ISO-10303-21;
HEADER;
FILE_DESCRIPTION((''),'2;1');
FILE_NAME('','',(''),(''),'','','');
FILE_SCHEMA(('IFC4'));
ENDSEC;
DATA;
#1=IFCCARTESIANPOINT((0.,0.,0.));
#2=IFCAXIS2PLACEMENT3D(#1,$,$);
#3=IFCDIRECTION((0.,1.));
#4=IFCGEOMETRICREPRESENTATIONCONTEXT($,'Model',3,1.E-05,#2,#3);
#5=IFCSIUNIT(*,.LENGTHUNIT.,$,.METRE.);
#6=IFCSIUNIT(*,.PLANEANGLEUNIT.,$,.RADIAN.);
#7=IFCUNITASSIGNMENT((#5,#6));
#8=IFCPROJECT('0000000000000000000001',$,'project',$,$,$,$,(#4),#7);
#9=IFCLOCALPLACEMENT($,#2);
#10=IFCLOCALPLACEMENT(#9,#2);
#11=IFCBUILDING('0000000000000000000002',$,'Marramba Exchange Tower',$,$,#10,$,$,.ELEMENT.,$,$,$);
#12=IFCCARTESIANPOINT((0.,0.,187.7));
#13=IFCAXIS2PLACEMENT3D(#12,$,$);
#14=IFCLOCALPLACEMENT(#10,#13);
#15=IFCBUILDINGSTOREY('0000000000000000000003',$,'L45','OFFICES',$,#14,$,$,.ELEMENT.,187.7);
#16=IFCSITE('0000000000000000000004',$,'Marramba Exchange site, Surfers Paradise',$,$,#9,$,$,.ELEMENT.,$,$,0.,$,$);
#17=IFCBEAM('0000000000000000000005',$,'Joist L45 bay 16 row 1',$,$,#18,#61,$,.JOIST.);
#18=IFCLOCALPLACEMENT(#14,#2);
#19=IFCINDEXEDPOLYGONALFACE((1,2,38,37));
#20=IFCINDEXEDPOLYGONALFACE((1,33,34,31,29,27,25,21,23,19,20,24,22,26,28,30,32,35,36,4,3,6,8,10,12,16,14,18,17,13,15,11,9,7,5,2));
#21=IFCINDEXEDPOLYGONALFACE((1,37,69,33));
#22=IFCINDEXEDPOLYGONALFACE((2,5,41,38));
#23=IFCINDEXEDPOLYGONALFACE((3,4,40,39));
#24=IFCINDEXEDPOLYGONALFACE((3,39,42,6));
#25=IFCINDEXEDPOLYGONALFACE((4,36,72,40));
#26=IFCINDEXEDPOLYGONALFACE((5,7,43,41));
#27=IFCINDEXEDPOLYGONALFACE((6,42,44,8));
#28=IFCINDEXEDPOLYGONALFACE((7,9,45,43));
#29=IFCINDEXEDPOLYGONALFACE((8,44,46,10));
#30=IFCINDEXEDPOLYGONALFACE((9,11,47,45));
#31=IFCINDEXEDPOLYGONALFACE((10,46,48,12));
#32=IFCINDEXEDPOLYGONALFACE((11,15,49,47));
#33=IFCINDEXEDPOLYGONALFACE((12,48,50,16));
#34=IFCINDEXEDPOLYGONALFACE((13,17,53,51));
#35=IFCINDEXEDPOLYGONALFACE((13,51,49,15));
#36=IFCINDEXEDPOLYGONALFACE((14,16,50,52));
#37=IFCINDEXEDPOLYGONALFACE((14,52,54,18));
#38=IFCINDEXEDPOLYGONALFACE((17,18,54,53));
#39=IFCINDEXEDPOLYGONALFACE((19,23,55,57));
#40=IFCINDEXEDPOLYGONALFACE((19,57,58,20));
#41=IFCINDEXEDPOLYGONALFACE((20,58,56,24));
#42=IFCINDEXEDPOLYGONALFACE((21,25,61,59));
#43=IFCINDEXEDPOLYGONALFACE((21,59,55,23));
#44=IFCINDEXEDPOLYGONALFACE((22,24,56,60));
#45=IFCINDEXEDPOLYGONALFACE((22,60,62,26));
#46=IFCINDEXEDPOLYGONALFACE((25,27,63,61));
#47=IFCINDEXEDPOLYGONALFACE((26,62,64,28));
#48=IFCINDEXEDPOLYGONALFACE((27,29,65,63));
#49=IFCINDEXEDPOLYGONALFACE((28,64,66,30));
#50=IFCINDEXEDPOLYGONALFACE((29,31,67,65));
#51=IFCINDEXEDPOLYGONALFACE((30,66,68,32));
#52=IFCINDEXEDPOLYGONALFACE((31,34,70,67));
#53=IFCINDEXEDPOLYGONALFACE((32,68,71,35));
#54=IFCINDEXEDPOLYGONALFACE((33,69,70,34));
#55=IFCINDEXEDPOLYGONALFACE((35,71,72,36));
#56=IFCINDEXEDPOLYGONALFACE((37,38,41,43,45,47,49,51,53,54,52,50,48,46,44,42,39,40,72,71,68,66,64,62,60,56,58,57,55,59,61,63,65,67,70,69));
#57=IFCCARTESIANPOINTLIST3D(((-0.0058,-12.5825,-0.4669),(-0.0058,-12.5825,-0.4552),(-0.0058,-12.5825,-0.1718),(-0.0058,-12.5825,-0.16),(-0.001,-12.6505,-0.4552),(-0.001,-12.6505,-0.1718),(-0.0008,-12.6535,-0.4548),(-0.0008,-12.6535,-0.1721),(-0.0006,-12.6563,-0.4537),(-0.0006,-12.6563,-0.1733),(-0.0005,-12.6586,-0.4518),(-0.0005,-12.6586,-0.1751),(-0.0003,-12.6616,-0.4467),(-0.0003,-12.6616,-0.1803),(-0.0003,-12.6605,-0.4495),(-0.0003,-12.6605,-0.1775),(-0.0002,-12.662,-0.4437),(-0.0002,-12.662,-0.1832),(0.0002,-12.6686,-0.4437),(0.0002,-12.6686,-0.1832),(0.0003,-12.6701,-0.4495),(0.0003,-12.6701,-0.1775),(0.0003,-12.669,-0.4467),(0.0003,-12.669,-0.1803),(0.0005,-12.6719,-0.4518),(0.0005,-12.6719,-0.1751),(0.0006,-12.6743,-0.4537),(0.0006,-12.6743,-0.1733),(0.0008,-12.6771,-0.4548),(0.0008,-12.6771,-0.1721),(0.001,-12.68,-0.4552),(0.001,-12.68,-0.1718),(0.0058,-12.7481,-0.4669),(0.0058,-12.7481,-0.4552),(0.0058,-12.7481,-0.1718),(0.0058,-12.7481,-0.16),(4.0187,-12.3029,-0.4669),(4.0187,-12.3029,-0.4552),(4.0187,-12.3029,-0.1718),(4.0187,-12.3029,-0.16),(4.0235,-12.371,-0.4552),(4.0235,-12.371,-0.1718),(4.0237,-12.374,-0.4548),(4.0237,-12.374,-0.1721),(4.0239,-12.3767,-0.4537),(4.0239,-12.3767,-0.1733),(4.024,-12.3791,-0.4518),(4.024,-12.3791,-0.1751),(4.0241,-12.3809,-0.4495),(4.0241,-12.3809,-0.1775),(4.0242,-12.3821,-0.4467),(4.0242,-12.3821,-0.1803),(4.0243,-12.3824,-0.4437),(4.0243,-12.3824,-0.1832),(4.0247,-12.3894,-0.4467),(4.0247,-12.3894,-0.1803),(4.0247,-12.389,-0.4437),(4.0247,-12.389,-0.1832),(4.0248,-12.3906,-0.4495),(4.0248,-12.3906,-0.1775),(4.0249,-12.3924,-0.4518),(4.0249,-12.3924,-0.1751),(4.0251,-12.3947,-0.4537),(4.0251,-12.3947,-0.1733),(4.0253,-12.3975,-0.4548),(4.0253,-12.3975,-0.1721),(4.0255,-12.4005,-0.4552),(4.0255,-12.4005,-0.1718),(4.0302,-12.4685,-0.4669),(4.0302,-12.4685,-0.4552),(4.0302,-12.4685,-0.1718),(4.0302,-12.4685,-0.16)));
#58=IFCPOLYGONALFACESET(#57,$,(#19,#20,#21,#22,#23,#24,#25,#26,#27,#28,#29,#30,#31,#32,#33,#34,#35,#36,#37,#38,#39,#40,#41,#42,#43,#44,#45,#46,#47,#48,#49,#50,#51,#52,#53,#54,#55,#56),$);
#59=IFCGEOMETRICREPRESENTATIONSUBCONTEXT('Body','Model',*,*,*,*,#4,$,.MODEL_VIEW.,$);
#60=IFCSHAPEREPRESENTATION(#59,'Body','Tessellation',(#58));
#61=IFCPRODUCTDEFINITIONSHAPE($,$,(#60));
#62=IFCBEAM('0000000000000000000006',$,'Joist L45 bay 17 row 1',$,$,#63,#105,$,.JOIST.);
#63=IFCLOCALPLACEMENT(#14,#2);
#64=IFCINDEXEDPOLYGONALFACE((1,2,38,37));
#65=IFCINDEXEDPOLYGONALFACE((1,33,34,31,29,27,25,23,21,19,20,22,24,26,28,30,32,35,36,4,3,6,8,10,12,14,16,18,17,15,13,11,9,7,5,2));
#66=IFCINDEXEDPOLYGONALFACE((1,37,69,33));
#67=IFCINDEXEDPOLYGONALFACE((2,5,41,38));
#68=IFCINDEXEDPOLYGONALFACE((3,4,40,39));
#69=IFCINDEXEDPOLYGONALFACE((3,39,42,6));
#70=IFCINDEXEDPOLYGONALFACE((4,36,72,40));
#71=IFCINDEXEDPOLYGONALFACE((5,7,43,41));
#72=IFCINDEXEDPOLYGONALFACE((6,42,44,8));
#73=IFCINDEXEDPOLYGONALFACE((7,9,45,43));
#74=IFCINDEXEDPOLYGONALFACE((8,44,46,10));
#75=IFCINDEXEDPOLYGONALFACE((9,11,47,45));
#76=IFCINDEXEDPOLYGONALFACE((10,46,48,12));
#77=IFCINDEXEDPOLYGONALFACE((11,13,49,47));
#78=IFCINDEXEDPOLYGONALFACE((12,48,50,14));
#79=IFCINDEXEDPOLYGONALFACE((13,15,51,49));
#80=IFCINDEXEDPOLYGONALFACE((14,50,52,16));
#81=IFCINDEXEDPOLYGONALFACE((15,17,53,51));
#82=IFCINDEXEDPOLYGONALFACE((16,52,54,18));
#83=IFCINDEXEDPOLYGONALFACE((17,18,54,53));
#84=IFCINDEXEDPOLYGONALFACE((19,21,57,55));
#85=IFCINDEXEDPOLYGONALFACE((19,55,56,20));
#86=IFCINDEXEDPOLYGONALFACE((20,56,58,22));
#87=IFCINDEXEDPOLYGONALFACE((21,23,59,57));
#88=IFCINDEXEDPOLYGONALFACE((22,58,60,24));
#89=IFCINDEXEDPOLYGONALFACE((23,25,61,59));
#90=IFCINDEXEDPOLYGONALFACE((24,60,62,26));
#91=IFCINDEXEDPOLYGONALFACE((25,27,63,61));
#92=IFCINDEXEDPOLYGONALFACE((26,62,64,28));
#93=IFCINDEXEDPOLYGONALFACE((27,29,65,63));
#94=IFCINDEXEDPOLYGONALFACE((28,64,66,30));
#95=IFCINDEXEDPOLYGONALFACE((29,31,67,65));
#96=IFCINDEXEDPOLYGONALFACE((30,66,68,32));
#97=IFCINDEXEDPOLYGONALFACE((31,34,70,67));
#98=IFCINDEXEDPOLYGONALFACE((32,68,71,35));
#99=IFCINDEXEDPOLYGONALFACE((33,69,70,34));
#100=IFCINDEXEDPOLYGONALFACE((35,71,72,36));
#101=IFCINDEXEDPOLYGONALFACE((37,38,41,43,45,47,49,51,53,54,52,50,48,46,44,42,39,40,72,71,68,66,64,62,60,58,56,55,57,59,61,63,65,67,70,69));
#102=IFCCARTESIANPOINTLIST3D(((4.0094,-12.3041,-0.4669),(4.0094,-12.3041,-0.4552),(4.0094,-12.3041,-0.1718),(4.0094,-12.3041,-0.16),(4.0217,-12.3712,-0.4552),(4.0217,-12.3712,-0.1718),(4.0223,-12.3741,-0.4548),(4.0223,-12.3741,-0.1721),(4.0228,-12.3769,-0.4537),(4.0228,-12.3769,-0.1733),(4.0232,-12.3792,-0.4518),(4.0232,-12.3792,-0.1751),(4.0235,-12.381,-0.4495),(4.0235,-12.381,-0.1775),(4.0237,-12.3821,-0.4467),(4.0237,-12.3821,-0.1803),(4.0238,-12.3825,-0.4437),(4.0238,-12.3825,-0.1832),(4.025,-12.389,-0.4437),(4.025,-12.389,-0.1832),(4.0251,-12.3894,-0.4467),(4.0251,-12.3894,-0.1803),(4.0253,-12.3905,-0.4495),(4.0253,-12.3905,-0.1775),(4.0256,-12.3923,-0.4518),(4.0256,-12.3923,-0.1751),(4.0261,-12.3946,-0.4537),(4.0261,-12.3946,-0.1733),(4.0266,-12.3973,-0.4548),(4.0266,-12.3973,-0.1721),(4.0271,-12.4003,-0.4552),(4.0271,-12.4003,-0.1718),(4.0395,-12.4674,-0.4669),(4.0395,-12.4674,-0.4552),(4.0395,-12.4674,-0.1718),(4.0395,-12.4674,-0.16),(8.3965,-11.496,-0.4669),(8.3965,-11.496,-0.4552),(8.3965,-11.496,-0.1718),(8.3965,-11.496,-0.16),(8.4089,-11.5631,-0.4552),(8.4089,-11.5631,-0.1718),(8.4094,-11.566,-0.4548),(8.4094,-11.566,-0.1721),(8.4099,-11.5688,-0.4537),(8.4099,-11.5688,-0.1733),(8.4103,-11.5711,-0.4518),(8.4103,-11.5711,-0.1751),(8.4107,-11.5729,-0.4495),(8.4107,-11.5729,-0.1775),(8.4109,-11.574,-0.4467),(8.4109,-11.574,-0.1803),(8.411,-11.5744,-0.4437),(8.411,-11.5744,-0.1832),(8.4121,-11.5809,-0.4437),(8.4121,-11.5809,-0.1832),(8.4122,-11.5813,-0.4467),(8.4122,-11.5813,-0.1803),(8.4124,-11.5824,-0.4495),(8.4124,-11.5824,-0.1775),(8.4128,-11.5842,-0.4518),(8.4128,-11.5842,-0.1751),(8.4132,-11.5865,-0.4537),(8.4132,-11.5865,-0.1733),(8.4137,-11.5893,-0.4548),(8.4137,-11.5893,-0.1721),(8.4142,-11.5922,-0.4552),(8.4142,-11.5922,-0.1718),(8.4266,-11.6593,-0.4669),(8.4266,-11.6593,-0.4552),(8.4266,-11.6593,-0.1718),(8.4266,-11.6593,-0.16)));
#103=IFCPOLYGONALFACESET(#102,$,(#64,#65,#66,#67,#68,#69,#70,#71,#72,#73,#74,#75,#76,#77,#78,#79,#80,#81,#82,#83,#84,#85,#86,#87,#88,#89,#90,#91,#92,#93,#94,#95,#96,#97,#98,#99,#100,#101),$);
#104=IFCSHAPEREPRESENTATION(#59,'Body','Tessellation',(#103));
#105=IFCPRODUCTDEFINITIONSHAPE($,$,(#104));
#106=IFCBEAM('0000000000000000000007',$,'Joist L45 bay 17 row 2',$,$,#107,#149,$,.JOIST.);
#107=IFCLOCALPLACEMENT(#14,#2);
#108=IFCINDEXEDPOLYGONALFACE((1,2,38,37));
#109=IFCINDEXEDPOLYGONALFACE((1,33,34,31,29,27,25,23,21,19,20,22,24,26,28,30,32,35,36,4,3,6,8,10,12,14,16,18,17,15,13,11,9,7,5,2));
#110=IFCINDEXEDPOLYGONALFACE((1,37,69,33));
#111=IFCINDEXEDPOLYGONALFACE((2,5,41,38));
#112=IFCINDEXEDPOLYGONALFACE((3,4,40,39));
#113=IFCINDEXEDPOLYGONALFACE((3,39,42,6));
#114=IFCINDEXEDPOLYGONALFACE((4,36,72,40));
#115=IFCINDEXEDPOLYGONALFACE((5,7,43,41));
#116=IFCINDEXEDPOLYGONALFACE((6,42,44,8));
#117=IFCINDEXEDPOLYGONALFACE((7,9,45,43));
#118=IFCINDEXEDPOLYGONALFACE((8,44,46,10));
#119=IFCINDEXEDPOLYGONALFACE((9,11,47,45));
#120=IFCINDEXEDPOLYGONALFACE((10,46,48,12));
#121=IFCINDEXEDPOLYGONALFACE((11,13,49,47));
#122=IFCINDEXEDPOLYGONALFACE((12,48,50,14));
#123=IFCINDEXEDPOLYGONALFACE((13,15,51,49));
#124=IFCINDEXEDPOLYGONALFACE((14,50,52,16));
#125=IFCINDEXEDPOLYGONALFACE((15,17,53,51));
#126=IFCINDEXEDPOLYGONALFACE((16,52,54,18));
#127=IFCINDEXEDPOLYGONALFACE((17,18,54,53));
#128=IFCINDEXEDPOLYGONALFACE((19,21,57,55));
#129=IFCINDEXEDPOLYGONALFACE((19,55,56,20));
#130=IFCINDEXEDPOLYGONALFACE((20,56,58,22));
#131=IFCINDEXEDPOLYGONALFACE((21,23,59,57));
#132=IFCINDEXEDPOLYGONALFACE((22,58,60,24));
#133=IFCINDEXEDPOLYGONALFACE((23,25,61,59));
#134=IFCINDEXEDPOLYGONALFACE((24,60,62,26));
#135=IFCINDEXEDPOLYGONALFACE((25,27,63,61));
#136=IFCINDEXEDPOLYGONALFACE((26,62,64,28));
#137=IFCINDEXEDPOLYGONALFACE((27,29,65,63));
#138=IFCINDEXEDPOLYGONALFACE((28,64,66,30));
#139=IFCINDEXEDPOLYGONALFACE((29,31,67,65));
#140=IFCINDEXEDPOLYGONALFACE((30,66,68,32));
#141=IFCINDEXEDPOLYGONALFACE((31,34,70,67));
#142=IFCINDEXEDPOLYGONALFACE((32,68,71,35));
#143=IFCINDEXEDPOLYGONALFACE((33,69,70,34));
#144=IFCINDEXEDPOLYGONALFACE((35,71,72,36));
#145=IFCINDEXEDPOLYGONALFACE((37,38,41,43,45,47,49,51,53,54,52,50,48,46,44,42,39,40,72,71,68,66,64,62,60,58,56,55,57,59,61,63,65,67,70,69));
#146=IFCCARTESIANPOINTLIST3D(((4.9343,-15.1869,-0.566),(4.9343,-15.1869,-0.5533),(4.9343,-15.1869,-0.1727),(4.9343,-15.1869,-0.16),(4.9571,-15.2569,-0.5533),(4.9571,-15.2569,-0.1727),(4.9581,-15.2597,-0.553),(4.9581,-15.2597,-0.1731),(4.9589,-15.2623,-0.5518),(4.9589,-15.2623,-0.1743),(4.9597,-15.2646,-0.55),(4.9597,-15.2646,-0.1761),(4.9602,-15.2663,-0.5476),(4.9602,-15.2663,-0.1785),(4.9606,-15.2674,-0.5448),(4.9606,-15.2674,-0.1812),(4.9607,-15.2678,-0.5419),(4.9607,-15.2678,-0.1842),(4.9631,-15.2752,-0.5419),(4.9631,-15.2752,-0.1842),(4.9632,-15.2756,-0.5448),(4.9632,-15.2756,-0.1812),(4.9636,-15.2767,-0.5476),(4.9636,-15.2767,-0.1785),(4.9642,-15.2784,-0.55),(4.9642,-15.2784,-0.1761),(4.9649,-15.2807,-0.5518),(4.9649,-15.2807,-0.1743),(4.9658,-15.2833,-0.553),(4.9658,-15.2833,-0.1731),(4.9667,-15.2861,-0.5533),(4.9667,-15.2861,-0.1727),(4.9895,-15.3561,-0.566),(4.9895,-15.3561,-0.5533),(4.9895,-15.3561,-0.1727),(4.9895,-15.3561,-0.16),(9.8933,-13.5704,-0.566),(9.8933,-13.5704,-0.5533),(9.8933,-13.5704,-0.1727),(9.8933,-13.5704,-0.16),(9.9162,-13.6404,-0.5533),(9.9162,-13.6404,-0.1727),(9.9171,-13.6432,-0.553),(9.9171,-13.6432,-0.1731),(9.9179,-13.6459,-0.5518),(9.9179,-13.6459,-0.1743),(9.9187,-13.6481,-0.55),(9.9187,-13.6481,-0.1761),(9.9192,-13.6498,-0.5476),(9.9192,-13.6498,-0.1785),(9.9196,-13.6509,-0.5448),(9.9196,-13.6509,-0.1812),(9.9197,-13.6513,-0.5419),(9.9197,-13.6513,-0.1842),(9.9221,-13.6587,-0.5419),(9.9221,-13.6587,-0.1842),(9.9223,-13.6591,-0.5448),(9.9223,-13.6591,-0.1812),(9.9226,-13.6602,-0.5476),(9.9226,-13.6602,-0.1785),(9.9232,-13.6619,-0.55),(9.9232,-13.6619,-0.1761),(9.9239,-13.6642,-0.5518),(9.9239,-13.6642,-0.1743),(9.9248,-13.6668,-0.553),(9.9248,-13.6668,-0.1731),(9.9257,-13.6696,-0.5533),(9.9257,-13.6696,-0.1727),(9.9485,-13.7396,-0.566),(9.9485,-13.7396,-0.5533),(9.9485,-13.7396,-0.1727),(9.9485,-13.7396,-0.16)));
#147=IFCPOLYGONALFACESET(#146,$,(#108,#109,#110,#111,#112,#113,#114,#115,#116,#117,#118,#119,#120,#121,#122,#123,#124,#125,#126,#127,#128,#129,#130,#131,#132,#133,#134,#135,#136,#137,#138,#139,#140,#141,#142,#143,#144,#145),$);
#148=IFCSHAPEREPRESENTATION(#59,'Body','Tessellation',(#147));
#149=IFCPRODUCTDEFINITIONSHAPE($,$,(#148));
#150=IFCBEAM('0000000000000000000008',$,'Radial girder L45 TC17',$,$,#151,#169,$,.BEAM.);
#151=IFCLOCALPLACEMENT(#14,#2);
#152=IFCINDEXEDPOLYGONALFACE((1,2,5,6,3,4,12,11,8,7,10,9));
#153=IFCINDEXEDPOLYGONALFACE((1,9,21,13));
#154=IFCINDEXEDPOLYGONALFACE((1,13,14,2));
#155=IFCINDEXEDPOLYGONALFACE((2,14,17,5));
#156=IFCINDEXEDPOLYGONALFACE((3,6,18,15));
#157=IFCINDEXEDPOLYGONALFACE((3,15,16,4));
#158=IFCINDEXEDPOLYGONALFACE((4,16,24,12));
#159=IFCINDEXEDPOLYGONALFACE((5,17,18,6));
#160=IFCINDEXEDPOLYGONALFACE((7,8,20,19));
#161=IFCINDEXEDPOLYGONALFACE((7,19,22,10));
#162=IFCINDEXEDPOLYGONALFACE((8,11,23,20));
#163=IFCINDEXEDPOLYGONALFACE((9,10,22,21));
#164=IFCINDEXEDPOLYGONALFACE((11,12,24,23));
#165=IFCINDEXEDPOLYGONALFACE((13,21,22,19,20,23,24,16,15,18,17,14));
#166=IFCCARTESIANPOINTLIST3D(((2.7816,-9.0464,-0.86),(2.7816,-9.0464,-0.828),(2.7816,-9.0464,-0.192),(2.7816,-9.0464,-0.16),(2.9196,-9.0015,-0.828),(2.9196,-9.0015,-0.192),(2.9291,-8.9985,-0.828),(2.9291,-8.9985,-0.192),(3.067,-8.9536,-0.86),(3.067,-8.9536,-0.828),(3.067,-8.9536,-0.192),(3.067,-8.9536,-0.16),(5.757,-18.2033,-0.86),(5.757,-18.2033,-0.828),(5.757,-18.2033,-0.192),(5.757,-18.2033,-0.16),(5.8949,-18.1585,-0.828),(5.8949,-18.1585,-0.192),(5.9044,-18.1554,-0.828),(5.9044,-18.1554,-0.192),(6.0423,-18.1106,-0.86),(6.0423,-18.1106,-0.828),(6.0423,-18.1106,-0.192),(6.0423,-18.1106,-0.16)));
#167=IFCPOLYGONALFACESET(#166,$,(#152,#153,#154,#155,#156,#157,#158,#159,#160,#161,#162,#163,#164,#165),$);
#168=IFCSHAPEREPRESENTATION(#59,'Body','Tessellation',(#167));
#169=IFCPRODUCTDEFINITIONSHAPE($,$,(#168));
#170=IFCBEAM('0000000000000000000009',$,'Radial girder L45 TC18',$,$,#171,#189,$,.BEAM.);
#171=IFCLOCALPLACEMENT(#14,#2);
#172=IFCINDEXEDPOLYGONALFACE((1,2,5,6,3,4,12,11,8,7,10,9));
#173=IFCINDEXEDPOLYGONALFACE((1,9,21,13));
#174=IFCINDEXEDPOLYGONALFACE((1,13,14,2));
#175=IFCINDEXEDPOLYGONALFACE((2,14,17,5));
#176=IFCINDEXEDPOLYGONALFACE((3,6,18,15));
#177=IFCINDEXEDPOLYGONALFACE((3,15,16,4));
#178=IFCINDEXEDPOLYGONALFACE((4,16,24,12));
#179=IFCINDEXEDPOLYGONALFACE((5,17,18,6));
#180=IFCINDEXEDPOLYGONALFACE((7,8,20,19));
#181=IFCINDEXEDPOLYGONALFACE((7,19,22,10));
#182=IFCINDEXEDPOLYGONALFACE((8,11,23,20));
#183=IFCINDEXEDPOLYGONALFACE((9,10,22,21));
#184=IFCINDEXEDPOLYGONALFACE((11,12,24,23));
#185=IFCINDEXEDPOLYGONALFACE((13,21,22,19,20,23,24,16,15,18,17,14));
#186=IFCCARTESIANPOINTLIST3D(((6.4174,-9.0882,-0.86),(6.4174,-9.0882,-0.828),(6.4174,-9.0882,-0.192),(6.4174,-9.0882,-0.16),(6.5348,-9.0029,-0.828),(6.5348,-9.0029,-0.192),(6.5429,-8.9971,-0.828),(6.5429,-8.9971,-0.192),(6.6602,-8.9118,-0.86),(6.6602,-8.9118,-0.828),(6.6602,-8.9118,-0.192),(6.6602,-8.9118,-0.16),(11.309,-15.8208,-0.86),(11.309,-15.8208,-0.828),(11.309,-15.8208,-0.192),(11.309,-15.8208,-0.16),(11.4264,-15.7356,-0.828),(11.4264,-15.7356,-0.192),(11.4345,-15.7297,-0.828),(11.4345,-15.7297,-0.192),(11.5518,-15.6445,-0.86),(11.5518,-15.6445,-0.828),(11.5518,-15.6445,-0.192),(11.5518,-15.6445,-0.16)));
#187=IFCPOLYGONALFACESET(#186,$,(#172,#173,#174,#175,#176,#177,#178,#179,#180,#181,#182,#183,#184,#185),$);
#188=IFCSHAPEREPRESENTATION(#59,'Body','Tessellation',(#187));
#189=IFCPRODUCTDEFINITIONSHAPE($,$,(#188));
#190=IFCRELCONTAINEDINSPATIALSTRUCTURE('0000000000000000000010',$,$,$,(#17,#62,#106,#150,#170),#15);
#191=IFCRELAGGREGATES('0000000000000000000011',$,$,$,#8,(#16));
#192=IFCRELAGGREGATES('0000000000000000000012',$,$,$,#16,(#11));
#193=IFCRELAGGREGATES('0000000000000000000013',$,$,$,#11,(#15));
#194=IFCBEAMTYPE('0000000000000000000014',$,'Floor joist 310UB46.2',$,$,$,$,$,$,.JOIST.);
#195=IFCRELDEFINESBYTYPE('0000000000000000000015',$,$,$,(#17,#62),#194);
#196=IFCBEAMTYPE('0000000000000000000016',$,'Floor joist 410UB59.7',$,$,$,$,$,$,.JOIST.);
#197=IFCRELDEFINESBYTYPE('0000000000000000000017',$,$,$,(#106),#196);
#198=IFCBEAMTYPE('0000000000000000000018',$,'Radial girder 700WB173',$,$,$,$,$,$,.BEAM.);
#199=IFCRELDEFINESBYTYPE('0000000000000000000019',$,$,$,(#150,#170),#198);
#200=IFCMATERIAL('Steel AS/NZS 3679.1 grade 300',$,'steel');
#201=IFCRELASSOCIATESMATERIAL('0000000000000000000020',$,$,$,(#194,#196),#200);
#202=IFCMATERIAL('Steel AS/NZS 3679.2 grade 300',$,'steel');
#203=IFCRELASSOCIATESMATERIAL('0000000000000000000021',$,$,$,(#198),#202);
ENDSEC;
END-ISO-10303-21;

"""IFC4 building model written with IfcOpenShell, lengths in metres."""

from ifc_helpers import new_model, si_unit, direction, frame, origin, origin_2d, place, context, subcontext, project, spatial, i_section, extrude, material, material_profile, profile_set, type_object, element, save


model = new_model("IFC4")

# Units and contexts
model_context = context("Model", 3, precision=1e-05, world=origin(), true_north=direction((0.0, 1.0)))
body_context = subcontext(model_context, "Body", "Model", "MODEL_VIEW")
ifc_project = project(units=[si_unit("LENGTHUNIT", "METRE"), si_unit("PLANEANGLEUNIT", "RADIAN")], contexts=[model_context])

# Site, building, storey
site_placement = place(None, origin())
site = spatial("IfcSite", under=ifc_project, at=site_placement, Name="Marramba Exchange site, Surfers Paradise", CompositionType="ELEMENT", RefElevation=0.0)
building_placement = place(site_placement, origin())
building = spatial("IfcBuilding", under=site, at=building_placement, Name="Marramba Exchange Tower", CompositionType="ELEMENT")
storey_placement = place(building_placement, frame((0.0, 0.0, 187.7)))
storey = spatial("IfcBuildingStorey", under=building, at=storey_placement, Name="L45", Description="OFFICES", CompositionType="ELEMENT", Elevation=187.7)

# Beams
ifc_material_1 = material(Name="Steel AS/NZS 3679.1 grade 300", Category="steel")
ifc_material_profile_1 = material_profile(ifc_material_1, i_section(OverallWidth=0.166, OverallDepth=0.3069, WebThickness=0.0066, FlangeThickness=0.0117, FilletRadius=0.0115, at=origin_2d()), Name="310UB46.2")
ifc_profile_set_1 = profile_set([ifc_material_profile_1], Name="Steel AS/NZS 3679.1 grade 300")
beam_type_1 = type_object("IfcBeamType", Name="Floor joist 310UB46.2", PredefinedType="JOIST", material=ifc_profile_set_1)
beam_1_placement = place(storey_placement, frame((0.0, -12.6653, -0.3135), z_axis=(0.997596, 0.069294, 0.0), x_axis=(-0.069294, 0.997596, 0.0)))
element("IfcBeam", 1, at=beam_1_placement, inside=storey, type_object=beam_type_1, Name="Joist L45 bay 16 row 1", PredefinedType="JOIST", context=body_context, shape_type="SweptSolid", body=[
    extrude(i_section(OverallWidth=0.166, OverallDepth=0.3069, WebThickness=0.0066, FlangeThickness=0.0117, FilletRadius=0.0115, at=origin_2d()), origin(), (0.0, 0.0, 1.0), 4.0342),
])
beam_2_placement = place(storey_placement, frame((4.0244, -12.3857, -0.3135), z_axis=(0.983456, 0.181149, 0.0), x_axis=(-0.181149, 0.983456, 0.0)))
element("IfcBeam", 2, at=beam_2_placement, inside=storey, type_object=beam_type_1, Name="Joist L45 bay 17 row 1", PredefinedType="JOIST", context=body_context, shape_type="SweptSolid", body=[
    extrude(i_section(OverallWidth=0.166, OverallDepth=0.3069, WebThickness=0.0066, FlangeThickness=0.0117, FilletRadius=0.0115, at=origin_2d()), origin(), (0.0, 0.0, 1.0), 4.4609),
])
ifc_material_profile_2 = material_profile(ifc_material_1, i_section(OverallWidth=0.178, OverallDepth=0.406, WebThickness=0.0078, FlangeThickness=0.0127, FilletRadius=0.0115, at=origin_2d()), Name="410UB59.7")
ifc_profile_set_2 = profile_set([ifc_material_profile_2], Name="Steel AS/NZS 3679.1 grade 300")
beam_type_2 = type_object("IfcBeamType", Name="Floor joist 410UB59.7", PredefinedType="JOIST", material=ifc_profile_set_2)
beam_3_placement = place(storey_placement, frame((4.9619, -15.2715, -0.363), z_axis=(0.950764, 0.309916, 0.0), x_axis=(-0.309916, 0.950764, 0.0)))
element("IfcBeam", 3, at=beam_3_placement, inside=storey, type_object=beam_type_2, Name="Joist L45 bay 17 row 2", PredefinedType="JOIST", context=body_context, shape_type="SweptSolid", body=[
    extrude(i_section(OverallWidth=0.178, OverallDepth=0.406, WebThickness=0.0078, FlangeThickness=0.0127, FilletRadius=0.0115, at=origin_2d()), origin(), (0.0, 0.0, 1.0), 5.2158),
])
ifc_material_2 = material(Name="Steel AS/NZS 3679.2 grade 300", Category="steel")
ifc_material_profile_3 = material_profile(ifc_material_2, i_section(OverallWidth=0.3, OverallDepth=0.7, WebThickness=0.01, FlangeThickness=0.032, at=origin_2d()), Name="700WB173")
ifc_profile_set_3 = profile_set([ifc_material_profile_3], Name="Steel AS/NZS 3679.2 grade 300")
beam_type_3 = type_object("IfcBeamType", Name="Radial girder 700WB173", PredefinedType="BEAM", material=ifc_profile_set_3)
beam_4_placement = place(storey_placement, frame((2.9243, -9.0, -0.51), z_axis=(0.309022, -0.951055, 0.0), x_axis=(0.951055, 0.309022, 0.0)))
element("IfcBeam", 4, at=beam_4_placement, inside=storey, type_object=beam_type_3, Name="Radial girder L45 TC17", PredefinedType="BEAM", context=body_context, shape_type="SweptSolid", body=[
    extrude(i_section(OverallWidth=0.3, OverallDepth=0.7, WebThickness=0.01, FlangeThickness=0.032, at=origin_2d()), origin(), (0.0, 0.0, 1.0), 9.6282),
])
beam_5_placement = place(storey_placement, frame((6.5388, -9.0, -0.51), z_axis=(0.587788, -0.809015, 0.0), x_axis=(0.809015, 0.587788, 0.0)))
element("IfcBeam", 5, at=beam_5_placement, inside=storey, type_object=beam_type_3, Name="Radial girder L45 TC18", PredefinedType="BEAM", context=body_context, shape_type="SweptSolid", body=[
    extrude(i_section(OverallWidth=0.3, OverallDepth=0.7, WebThickness=0.01, FlangeThickness=0.032, at=origin_2d()), origin(), (0.0, 0.0, 1.0), 8.322),
])

save(model, "model.ifc")
